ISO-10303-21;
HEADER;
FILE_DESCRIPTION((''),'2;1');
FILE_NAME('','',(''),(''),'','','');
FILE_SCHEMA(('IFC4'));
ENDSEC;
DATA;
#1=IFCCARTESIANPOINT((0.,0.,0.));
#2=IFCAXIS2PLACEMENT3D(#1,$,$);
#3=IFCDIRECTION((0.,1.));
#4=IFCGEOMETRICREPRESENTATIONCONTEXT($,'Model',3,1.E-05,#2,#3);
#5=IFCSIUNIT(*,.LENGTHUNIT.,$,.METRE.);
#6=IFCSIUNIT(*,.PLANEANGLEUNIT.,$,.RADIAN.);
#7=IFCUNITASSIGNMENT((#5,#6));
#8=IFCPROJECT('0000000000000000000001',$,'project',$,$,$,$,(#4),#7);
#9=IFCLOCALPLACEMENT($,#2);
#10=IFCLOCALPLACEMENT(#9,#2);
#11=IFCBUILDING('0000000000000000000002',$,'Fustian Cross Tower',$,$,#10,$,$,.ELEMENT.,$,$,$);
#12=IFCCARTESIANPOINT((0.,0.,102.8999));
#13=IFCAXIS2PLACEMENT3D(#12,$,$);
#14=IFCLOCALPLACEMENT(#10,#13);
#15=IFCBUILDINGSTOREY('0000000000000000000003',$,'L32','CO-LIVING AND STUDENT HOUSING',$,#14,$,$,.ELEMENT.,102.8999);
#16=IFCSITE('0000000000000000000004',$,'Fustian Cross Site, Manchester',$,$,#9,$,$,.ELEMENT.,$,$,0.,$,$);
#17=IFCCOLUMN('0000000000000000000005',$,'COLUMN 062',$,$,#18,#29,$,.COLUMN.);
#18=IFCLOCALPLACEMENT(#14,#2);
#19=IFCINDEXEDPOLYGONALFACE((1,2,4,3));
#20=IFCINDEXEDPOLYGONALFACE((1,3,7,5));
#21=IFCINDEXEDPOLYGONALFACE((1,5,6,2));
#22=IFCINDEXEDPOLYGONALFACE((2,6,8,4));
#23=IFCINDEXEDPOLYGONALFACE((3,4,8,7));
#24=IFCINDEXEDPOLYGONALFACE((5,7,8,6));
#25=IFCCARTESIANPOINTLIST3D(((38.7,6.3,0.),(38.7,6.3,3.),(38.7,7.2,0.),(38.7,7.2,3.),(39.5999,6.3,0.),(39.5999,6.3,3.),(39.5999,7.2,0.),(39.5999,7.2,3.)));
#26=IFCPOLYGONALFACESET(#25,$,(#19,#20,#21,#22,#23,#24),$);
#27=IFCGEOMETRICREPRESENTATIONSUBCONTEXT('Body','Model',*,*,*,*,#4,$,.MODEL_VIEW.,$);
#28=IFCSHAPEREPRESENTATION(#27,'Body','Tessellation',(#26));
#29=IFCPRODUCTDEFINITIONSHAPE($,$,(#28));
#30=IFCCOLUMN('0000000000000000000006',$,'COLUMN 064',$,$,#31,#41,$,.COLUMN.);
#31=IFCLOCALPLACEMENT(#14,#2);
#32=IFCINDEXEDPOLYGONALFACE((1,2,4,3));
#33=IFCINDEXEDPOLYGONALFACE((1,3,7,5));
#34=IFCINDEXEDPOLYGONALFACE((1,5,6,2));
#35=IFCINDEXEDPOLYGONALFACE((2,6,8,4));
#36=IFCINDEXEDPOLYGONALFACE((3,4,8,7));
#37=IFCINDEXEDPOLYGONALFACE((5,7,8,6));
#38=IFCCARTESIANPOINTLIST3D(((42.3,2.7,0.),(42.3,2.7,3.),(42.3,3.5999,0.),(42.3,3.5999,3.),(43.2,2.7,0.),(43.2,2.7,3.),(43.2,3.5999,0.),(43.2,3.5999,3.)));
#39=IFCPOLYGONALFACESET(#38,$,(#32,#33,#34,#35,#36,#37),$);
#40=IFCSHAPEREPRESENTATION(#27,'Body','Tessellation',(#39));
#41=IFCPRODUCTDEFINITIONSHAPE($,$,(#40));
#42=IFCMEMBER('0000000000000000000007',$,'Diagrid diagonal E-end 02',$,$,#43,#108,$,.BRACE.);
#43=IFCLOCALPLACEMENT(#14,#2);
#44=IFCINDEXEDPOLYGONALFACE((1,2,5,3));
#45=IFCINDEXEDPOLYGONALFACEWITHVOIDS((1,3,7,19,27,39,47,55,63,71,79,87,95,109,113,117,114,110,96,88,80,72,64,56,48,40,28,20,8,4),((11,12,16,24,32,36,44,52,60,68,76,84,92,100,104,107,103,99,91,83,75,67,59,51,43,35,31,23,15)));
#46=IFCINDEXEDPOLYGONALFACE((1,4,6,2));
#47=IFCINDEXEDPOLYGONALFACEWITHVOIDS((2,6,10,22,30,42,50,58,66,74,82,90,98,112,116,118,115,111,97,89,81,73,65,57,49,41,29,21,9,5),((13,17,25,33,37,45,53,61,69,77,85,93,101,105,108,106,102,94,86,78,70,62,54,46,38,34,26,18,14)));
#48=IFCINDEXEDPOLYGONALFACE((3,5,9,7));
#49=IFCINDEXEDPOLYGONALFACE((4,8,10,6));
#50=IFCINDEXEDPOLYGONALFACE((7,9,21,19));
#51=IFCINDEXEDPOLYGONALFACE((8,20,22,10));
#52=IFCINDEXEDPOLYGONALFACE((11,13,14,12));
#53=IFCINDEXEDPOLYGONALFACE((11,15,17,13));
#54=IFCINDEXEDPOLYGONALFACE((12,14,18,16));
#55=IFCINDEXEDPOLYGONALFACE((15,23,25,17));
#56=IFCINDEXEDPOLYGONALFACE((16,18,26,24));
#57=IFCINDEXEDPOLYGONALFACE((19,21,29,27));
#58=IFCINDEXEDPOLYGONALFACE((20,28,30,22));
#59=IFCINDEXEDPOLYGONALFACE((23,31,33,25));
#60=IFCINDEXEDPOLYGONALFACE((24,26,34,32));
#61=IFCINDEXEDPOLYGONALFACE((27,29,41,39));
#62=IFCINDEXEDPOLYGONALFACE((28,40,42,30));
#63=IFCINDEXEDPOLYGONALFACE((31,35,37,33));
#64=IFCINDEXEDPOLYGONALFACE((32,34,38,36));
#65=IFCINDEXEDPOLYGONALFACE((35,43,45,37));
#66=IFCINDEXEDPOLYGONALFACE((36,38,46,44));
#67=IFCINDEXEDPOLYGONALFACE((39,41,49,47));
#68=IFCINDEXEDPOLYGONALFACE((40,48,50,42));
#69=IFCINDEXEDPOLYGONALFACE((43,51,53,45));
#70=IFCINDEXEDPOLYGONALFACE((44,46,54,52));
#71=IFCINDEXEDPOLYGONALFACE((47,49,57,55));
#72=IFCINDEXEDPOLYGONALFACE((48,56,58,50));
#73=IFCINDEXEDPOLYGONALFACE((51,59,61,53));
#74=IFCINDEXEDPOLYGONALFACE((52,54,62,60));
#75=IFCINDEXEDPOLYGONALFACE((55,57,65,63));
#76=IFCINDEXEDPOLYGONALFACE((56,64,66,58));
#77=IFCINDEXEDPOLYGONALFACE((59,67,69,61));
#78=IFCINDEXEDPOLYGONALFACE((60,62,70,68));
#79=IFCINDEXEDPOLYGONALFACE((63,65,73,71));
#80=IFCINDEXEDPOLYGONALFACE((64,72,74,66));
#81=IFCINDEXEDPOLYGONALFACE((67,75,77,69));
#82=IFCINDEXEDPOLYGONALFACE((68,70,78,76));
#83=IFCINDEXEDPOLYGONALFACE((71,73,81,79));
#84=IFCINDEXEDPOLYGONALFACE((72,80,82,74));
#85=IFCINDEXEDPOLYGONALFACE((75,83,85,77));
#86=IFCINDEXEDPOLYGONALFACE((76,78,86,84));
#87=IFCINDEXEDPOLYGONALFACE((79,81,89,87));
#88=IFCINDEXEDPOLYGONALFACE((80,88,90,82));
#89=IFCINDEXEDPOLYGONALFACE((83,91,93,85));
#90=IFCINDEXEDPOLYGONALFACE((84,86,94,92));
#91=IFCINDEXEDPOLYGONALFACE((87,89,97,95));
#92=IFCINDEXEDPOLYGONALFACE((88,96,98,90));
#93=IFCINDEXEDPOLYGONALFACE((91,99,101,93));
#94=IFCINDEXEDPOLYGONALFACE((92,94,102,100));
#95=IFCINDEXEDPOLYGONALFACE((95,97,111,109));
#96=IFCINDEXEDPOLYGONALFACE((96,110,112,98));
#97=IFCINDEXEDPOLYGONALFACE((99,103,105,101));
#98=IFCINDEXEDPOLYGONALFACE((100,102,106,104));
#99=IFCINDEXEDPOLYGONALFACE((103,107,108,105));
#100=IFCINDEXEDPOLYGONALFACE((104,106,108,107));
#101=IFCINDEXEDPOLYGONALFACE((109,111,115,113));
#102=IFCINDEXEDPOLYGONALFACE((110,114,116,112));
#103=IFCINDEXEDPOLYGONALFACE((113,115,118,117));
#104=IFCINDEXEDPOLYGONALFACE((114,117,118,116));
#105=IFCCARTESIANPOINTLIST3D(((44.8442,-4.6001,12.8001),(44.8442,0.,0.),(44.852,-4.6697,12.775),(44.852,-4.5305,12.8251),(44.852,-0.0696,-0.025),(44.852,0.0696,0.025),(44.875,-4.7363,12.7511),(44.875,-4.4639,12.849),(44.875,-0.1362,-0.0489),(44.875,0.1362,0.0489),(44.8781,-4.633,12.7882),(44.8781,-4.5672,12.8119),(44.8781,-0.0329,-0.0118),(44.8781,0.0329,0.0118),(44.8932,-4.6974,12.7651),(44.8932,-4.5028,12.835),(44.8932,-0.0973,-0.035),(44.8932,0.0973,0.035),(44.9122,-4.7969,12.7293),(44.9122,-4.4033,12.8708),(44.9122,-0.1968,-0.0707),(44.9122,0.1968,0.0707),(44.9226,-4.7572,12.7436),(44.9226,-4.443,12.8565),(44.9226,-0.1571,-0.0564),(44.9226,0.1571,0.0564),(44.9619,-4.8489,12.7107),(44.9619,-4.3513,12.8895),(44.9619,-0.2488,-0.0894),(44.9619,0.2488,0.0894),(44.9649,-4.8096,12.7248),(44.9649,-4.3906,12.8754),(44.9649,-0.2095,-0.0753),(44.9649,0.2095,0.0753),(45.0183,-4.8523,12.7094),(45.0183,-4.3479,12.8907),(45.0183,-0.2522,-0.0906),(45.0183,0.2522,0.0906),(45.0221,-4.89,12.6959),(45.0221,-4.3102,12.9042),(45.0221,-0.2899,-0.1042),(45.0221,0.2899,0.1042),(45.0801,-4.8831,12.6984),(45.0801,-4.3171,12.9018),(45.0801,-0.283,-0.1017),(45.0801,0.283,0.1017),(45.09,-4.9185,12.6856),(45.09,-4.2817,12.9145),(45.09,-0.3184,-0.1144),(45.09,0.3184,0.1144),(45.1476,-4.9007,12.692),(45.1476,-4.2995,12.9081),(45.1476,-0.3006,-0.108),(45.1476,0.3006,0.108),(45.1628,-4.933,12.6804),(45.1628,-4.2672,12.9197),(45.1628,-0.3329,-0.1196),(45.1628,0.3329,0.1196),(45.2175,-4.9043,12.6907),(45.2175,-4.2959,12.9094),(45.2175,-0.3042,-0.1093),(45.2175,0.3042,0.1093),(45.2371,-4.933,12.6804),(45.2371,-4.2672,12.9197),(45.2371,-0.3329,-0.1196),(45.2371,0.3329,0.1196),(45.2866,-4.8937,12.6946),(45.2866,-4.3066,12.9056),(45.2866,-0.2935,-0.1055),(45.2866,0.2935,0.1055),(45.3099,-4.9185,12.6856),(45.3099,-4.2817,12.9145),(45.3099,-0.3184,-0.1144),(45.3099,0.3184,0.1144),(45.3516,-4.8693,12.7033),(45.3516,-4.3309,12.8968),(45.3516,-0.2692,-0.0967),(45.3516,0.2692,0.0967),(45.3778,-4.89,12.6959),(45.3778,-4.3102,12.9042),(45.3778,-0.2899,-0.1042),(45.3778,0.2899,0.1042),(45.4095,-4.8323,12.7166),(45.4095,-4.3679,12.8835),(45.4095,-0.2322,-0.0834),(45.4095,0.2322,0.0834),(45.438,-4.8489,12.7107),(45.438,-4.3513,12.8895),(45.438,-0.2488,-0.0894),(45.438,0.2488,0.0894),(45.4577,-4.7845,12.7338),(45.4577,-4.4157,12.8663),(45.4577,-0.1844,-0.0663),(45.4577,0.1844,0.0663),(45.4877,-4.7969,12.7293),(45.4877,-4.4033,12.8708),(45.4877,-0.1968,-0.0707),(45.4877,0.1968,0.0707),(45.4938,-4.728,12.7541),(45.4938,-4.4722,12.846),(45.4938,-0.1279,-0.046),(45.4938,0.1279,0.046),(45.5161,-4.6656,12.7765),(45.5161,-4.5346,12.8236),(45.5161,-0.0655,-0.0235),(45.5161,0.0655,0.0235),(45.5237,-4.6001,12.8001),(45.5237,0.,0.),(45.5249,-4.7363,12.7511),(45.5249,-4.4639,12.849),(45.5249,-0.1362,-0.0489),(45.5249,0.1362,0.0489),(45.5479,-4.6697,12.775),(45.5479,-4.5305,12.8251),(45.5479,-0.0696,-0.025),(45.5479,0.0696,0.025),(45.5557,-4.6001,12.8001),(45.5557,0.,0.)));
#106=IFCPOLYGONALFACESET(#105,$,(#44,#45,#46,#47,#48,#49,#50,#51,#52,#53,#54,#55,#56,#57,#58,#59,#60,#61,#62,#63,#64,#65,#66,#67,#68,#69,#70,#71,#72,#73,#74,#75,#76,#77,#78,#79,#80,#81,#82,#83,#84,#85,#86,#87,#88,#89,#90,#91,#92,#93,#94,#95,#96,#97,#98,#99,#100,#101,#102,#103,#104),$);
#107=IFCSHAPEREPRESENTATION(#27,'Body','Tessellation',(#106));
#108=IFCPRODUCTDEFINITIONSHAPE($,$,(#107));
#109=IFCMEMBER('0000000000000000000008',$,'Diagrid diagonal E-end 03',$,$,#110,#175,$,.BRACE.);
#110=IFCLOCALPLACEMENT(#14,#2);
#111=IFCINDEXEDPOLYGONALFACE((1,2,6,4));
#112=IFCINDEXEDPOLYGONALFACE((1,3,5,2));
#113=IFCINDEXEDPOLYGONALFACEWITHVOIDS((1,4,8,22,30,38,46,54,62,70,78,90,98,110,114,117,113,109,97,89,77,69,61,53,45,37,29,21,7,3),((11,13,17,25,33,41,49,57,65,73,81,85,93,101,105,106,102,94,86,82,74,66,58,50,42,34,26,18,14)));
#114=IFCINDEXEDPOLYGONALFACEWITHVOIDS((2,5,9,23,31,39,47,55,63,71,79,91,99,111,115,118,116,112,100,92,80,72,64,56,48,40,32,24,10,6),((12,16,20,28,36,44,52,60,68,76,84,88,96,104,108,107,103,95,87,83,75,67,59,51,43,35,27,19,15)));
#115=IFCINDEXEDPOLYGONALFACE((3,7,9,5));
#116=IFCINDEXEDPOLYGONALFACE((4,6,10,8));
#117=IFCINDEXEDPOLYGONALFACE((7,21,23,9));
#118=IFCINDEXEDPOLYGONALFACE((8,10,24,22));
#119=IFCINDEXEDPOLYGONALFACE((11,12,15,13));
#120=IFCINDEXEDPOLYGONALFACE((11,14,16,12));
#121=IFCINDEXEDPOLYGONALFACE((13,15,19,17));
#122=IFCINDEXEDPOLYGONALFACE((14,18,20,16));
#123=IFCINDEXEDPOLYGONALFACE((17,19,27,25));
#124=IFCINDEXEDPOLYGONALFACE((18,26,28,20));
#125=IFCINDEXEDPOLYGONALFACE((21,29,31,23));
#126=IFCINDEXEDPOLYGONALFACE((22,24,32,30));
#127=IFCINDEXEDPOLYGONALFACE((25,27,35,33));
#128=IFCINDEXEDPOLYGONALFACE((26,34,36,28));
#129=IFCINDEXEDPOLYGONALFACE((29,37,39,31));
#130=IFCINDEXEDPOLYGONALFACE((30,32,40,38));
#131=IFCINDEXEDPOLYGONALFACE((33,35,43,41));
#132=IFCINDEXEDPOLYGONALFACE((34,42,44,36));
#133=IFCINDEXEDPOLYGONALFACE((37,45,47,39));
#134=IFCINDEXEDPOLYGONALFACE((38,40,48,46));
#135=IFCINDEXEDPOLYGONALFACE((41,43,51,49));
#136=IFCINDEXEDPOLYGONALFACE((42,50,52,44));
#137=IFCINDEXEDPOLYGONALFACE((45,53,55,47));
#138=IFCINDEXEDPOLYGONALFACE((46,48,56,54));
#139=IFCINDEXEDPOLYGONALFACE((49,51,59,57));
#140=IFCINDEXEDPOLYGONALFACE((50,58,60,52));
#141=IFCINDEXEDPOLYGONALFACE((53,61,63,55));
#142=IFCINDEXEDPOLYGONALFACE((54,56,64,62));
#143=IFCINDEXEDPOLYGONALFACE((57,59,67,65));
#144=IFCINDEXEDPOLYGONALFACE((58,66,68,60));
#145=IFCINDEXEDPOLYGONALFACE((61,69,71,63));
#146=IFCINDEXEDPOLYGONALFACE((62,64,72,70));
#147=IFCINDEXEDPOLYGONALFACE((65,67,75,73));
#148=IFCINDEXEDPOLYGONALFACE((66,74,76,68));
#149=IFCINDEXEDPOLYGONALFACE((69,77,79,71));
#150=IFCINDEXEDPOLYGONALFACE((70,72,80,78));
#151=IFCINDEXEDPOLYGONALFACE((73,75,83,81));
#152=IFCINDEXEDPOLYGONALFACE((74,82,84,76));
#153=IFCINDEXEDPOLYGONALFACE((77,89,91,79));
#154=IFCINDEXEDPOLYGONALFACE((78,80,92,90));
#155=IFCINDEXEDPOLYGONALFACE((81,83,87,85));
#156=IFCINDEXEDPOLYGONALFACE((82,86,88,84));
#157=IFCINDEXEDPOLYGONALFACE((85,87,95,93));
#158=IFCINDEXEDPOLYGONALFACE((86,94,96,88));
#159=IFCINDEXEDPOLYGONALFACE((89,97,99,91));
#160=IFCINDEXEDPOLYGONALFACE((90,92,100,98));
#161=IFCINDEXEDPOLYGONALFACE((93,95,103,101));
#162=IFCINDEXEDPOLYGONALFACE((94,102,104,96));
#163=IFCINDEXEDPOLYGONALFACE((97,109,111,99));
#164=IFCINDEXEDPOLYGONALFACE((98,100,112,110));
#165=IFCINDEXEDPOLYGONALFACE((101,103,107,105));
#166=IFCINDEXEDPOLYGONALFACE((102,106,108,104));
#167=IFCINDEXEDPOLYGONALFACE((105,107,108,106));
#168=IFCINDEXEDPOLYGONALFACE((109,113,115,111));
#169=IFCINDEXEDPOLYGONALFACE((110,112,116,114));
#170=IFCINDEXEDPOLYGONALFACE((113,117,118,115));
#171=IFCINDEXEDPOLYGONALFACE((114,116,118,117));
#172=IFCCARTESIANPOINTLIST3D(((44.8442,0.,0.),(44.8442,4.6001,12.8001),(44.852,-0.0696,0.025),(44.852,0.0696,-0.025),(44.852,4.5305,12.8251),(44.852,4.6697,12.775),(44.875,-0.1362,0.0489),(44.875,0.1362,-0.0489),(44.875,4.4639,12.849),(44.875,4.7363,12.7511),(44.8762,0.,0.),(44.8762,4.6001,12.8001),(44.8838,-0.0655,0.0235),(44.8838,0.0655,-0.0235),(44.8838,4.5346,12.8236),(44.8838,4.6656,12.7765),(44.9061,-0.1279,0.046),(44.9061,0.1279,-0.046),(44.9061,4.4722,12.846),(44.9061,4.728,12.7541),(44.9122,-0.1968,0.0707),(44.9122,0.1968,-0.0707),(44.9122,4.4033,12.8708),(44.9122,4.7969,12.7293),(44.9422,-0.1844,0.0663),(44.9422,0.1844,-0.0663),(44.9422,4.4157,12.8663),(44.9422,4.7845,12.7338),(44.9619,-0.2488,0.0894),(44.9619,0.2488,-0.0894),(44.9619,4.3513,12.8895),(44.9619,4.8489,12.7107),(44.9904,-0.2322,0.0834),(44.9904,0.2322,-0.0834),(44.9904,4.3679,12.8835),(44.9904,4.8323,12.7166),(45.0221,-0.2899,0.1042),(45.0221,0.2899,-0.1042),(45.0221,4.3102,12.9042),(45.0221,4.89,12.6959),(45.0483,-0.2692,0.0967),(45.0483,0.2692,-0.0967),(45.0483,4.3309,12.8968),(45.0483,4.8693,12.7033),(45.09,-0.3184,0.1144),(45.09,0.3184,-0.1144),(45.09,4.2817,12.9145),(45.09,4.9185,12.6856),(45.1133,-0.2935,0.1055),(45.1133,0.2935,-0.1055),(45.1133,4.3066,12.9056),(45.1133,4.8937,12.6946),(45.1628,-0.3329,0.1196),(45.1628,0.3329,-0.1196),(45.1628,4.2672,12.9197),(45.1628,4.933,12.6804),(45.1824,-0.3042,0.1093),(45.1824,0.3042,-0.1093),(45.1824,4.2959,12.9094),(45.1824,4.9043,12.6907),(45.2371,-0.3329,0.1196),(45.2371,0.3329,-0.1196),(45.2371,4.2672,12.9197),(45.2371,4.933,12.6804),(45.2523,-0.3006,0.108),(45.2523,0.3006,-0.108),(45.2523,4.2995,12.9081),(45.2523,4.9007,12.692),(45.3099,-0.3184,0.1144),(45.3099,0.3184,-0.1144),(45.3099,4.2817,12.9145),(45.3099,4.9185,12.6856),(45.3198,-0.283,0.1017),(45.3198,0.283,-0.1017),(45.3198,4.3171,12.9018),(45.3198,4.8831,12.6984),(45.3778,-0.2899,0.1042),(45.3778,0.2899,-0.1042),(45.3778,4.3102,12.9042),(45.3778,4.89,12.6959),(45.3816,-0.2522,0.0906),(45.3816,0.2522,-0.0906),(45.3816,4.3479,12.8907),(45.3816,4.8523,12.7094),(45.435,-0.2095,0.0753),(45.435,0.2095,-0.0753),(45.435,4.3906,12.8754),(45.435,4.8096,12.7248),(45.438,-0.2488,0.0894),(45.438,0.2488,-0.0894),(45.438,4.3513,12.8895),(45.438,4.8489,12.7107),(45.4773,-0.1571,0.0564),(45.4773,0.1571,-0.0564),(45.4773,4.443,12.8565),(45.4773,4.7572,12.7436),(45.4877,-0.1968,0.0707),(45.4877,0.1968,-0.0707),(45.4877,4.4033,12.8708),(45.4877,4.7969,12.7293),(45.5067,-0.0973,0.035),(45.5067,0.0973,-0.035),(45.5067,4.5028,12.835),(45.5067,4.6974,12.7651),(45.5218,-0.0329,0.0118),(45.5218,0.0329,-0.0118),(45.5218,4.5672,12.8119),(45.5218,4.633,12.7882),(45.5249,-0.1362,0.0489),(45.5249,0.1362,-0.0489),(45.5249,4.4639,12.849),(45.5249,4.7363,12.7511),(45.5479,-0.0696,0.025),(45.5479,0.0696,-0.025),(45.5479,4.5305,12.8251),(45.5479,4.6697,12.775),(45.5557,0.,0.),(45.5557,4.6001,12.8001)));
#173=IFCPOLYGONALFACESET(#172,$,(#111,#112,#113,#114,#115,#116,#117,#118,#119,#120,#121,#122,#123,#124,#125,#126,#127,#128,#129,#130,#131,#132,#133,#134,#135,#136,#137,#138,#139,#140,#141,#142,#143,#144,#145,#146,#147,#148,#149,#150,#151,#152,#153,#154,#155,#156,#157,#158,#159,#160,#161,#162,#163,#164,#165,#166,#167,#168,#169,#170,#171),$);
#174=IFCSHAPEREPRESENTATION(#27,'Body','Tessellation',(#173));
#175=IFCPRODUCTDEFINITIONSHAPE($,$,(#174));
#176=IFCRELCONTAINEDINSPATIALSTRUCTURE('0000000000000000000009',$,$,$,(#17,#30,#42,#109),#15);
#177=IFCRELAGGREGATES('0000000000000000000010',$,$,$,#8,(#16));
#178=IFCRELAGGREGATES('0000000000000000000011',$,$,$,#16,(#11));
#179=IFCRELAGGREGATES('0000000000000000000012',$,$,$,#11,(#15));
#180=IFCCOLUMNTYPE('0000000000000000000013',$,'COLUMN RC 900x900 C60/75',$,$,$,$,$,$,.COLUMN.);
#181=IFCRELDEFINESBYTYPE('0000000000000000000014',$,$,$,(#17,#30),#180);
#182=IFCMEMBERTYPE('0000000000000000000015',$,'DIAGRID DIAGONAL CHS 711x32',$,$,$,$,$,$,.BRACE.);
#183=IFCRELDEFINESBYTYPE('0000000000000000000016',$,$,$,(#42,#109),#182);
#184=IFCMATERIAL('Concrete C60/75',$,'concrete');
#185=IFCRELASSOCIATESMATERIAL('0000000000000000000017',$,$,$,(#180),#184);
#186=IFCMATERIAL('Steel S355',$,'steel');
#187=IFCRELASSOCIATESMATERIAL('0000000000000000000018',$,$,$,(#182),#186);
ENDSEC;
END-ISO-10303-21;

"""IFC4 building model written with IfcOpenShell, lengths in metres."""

from ifc_helpers import new_model, si_unit, direction, frame, origin, origin_2d, place, context, subcontext, project, spatial, rectangle, hollow_circle, extrude, material, material_profile, profile_set, type_object, element, save


model = new_model("IFC4")

# Units and contexts
model_context = context("Model", 3, precision=1e-05, world=origin(), true_north=direction((0.0, 1.0)))
body_context = subcontext(model_context, "Body", "Model", "MODEL_VIEW")
ifc_project = project(units=[si_unit("LENGTHUNIT", "METRE"), si_unit("PLANEANGLEUNIT", "RADIAN")], contexts=[model_context])

# Site, building, storey
site_placement = place(None, origin())
site = spatial("IfcSite", under=ifc_project, at=site_placement, Name="Fustian Cross Site, Manchester", CompositionType="ELEMENT", RefElevation=0.0)
building_placement = place(site_placement, origin())
building = spatial("IfcBuilding", under=site, at=building_placement, Name="Fustian Cross Tower", CompositionType="ELEMENT")
storey_placement = place(building_placement, frame((0.0, 0.0, 102.8999)))
storey = spatial("IfcBuildingStorey", under=building, at=storey_placement, Name="L32", Description="CO-LIVING AND STUDENT HOUSING", CompositionType="ELEMENT", Elevation=102.8999)

# Columns
ifc_material_1 = material(Name="Concrete C60/75", Category="concrete")
ifc_material_profile_1 = material_profile(ifc_material_1, rectangle(XDim=0.8999, YDim=0.8999, at=origin_2d()), Name="RC 900x900")
ifc_profile_set_1 = profile_set([ifc_material_profile_1], Name="Concrete C60/75")
column_type = type_object("IfcColumnType", Name="COLUMN RC 900x900 C60/75", PredefinedType="COLUMN", material=ifc_profile_set_1)
for number, where, z_axis, x_axis, name in (
    (1, (39.1499, 6.75, 0.0), (0.0, 0.0, 1.0), (1.0, 0.0, 0.0), "COLUMN 062"),
    (2, (42.75, 3.1499, 0.0), (0.0, 0.0, 1.0), (1.0, 0.0, 0.0), "COLUMN 064"),
):
    element("IfcColumn", number, at=place(storey_placement, frame(where, z_axis=z_axis, x_axis=x_axis)), inside=storey, type_object=column_type, Name=name, PredefinedType="COLUMN", context=body_context, shape_type="SweptSolid", body=[
        extrude(rectangle(XDim=0.8999, YDim=0.8999, at=origin_2d()), origin(), (0.0, 0.0, 1.0), 3.0),
    ])

# Members
ifc_material_2 = material(Name="Steel S355", Category="steel")
ifc_material_profile_2 = material_profile(ifc_material_2, hollow_circle(Radius=0.3557, WallThickness=0.032, at=origin_2d()), Name="CHS 711x32")
ifc_profile_set_2 = profile_set([ifc_material_profile_2], Name="Steel S355")
member_type_1 = type_object("IfcMemberType", Name="DIAGRID DIAGONAL CHS 711x32", PredefinedType="BRACE", material=ifc_profile_set_2)
for number, where, z_axis, x_axis, name in (
    (3, (45.2, 0.0, 0.0), (0.0, -0.338204, 0.941073), (1.0, 0.0, 0.0), "Diagrid diagonal E-end 02"),
    (4, (45.2, 0.0, 0.0), (0.0, 0.338204, 0.941073), (-1.0, 0.0, 0.0), "Diagrid diagonal E-end 03"),
):
    element("IfcMember", number, at=place(storey_placement, frame(where, z_axis=z_axis, x_axis=x_axis)), inside=storey, type_object=member_type_1, Name=name, PredefinedType="BRACE", context=body_context, shape_type="SweptSolid", body=[
        extrude(hollow_circle(Radius=0.3557, WallThickness=0.032, at=origin_2d()), origin(), (0.0, 0.0, 1.0), 13.6016),
    ])

save(model, "model.ifc")
